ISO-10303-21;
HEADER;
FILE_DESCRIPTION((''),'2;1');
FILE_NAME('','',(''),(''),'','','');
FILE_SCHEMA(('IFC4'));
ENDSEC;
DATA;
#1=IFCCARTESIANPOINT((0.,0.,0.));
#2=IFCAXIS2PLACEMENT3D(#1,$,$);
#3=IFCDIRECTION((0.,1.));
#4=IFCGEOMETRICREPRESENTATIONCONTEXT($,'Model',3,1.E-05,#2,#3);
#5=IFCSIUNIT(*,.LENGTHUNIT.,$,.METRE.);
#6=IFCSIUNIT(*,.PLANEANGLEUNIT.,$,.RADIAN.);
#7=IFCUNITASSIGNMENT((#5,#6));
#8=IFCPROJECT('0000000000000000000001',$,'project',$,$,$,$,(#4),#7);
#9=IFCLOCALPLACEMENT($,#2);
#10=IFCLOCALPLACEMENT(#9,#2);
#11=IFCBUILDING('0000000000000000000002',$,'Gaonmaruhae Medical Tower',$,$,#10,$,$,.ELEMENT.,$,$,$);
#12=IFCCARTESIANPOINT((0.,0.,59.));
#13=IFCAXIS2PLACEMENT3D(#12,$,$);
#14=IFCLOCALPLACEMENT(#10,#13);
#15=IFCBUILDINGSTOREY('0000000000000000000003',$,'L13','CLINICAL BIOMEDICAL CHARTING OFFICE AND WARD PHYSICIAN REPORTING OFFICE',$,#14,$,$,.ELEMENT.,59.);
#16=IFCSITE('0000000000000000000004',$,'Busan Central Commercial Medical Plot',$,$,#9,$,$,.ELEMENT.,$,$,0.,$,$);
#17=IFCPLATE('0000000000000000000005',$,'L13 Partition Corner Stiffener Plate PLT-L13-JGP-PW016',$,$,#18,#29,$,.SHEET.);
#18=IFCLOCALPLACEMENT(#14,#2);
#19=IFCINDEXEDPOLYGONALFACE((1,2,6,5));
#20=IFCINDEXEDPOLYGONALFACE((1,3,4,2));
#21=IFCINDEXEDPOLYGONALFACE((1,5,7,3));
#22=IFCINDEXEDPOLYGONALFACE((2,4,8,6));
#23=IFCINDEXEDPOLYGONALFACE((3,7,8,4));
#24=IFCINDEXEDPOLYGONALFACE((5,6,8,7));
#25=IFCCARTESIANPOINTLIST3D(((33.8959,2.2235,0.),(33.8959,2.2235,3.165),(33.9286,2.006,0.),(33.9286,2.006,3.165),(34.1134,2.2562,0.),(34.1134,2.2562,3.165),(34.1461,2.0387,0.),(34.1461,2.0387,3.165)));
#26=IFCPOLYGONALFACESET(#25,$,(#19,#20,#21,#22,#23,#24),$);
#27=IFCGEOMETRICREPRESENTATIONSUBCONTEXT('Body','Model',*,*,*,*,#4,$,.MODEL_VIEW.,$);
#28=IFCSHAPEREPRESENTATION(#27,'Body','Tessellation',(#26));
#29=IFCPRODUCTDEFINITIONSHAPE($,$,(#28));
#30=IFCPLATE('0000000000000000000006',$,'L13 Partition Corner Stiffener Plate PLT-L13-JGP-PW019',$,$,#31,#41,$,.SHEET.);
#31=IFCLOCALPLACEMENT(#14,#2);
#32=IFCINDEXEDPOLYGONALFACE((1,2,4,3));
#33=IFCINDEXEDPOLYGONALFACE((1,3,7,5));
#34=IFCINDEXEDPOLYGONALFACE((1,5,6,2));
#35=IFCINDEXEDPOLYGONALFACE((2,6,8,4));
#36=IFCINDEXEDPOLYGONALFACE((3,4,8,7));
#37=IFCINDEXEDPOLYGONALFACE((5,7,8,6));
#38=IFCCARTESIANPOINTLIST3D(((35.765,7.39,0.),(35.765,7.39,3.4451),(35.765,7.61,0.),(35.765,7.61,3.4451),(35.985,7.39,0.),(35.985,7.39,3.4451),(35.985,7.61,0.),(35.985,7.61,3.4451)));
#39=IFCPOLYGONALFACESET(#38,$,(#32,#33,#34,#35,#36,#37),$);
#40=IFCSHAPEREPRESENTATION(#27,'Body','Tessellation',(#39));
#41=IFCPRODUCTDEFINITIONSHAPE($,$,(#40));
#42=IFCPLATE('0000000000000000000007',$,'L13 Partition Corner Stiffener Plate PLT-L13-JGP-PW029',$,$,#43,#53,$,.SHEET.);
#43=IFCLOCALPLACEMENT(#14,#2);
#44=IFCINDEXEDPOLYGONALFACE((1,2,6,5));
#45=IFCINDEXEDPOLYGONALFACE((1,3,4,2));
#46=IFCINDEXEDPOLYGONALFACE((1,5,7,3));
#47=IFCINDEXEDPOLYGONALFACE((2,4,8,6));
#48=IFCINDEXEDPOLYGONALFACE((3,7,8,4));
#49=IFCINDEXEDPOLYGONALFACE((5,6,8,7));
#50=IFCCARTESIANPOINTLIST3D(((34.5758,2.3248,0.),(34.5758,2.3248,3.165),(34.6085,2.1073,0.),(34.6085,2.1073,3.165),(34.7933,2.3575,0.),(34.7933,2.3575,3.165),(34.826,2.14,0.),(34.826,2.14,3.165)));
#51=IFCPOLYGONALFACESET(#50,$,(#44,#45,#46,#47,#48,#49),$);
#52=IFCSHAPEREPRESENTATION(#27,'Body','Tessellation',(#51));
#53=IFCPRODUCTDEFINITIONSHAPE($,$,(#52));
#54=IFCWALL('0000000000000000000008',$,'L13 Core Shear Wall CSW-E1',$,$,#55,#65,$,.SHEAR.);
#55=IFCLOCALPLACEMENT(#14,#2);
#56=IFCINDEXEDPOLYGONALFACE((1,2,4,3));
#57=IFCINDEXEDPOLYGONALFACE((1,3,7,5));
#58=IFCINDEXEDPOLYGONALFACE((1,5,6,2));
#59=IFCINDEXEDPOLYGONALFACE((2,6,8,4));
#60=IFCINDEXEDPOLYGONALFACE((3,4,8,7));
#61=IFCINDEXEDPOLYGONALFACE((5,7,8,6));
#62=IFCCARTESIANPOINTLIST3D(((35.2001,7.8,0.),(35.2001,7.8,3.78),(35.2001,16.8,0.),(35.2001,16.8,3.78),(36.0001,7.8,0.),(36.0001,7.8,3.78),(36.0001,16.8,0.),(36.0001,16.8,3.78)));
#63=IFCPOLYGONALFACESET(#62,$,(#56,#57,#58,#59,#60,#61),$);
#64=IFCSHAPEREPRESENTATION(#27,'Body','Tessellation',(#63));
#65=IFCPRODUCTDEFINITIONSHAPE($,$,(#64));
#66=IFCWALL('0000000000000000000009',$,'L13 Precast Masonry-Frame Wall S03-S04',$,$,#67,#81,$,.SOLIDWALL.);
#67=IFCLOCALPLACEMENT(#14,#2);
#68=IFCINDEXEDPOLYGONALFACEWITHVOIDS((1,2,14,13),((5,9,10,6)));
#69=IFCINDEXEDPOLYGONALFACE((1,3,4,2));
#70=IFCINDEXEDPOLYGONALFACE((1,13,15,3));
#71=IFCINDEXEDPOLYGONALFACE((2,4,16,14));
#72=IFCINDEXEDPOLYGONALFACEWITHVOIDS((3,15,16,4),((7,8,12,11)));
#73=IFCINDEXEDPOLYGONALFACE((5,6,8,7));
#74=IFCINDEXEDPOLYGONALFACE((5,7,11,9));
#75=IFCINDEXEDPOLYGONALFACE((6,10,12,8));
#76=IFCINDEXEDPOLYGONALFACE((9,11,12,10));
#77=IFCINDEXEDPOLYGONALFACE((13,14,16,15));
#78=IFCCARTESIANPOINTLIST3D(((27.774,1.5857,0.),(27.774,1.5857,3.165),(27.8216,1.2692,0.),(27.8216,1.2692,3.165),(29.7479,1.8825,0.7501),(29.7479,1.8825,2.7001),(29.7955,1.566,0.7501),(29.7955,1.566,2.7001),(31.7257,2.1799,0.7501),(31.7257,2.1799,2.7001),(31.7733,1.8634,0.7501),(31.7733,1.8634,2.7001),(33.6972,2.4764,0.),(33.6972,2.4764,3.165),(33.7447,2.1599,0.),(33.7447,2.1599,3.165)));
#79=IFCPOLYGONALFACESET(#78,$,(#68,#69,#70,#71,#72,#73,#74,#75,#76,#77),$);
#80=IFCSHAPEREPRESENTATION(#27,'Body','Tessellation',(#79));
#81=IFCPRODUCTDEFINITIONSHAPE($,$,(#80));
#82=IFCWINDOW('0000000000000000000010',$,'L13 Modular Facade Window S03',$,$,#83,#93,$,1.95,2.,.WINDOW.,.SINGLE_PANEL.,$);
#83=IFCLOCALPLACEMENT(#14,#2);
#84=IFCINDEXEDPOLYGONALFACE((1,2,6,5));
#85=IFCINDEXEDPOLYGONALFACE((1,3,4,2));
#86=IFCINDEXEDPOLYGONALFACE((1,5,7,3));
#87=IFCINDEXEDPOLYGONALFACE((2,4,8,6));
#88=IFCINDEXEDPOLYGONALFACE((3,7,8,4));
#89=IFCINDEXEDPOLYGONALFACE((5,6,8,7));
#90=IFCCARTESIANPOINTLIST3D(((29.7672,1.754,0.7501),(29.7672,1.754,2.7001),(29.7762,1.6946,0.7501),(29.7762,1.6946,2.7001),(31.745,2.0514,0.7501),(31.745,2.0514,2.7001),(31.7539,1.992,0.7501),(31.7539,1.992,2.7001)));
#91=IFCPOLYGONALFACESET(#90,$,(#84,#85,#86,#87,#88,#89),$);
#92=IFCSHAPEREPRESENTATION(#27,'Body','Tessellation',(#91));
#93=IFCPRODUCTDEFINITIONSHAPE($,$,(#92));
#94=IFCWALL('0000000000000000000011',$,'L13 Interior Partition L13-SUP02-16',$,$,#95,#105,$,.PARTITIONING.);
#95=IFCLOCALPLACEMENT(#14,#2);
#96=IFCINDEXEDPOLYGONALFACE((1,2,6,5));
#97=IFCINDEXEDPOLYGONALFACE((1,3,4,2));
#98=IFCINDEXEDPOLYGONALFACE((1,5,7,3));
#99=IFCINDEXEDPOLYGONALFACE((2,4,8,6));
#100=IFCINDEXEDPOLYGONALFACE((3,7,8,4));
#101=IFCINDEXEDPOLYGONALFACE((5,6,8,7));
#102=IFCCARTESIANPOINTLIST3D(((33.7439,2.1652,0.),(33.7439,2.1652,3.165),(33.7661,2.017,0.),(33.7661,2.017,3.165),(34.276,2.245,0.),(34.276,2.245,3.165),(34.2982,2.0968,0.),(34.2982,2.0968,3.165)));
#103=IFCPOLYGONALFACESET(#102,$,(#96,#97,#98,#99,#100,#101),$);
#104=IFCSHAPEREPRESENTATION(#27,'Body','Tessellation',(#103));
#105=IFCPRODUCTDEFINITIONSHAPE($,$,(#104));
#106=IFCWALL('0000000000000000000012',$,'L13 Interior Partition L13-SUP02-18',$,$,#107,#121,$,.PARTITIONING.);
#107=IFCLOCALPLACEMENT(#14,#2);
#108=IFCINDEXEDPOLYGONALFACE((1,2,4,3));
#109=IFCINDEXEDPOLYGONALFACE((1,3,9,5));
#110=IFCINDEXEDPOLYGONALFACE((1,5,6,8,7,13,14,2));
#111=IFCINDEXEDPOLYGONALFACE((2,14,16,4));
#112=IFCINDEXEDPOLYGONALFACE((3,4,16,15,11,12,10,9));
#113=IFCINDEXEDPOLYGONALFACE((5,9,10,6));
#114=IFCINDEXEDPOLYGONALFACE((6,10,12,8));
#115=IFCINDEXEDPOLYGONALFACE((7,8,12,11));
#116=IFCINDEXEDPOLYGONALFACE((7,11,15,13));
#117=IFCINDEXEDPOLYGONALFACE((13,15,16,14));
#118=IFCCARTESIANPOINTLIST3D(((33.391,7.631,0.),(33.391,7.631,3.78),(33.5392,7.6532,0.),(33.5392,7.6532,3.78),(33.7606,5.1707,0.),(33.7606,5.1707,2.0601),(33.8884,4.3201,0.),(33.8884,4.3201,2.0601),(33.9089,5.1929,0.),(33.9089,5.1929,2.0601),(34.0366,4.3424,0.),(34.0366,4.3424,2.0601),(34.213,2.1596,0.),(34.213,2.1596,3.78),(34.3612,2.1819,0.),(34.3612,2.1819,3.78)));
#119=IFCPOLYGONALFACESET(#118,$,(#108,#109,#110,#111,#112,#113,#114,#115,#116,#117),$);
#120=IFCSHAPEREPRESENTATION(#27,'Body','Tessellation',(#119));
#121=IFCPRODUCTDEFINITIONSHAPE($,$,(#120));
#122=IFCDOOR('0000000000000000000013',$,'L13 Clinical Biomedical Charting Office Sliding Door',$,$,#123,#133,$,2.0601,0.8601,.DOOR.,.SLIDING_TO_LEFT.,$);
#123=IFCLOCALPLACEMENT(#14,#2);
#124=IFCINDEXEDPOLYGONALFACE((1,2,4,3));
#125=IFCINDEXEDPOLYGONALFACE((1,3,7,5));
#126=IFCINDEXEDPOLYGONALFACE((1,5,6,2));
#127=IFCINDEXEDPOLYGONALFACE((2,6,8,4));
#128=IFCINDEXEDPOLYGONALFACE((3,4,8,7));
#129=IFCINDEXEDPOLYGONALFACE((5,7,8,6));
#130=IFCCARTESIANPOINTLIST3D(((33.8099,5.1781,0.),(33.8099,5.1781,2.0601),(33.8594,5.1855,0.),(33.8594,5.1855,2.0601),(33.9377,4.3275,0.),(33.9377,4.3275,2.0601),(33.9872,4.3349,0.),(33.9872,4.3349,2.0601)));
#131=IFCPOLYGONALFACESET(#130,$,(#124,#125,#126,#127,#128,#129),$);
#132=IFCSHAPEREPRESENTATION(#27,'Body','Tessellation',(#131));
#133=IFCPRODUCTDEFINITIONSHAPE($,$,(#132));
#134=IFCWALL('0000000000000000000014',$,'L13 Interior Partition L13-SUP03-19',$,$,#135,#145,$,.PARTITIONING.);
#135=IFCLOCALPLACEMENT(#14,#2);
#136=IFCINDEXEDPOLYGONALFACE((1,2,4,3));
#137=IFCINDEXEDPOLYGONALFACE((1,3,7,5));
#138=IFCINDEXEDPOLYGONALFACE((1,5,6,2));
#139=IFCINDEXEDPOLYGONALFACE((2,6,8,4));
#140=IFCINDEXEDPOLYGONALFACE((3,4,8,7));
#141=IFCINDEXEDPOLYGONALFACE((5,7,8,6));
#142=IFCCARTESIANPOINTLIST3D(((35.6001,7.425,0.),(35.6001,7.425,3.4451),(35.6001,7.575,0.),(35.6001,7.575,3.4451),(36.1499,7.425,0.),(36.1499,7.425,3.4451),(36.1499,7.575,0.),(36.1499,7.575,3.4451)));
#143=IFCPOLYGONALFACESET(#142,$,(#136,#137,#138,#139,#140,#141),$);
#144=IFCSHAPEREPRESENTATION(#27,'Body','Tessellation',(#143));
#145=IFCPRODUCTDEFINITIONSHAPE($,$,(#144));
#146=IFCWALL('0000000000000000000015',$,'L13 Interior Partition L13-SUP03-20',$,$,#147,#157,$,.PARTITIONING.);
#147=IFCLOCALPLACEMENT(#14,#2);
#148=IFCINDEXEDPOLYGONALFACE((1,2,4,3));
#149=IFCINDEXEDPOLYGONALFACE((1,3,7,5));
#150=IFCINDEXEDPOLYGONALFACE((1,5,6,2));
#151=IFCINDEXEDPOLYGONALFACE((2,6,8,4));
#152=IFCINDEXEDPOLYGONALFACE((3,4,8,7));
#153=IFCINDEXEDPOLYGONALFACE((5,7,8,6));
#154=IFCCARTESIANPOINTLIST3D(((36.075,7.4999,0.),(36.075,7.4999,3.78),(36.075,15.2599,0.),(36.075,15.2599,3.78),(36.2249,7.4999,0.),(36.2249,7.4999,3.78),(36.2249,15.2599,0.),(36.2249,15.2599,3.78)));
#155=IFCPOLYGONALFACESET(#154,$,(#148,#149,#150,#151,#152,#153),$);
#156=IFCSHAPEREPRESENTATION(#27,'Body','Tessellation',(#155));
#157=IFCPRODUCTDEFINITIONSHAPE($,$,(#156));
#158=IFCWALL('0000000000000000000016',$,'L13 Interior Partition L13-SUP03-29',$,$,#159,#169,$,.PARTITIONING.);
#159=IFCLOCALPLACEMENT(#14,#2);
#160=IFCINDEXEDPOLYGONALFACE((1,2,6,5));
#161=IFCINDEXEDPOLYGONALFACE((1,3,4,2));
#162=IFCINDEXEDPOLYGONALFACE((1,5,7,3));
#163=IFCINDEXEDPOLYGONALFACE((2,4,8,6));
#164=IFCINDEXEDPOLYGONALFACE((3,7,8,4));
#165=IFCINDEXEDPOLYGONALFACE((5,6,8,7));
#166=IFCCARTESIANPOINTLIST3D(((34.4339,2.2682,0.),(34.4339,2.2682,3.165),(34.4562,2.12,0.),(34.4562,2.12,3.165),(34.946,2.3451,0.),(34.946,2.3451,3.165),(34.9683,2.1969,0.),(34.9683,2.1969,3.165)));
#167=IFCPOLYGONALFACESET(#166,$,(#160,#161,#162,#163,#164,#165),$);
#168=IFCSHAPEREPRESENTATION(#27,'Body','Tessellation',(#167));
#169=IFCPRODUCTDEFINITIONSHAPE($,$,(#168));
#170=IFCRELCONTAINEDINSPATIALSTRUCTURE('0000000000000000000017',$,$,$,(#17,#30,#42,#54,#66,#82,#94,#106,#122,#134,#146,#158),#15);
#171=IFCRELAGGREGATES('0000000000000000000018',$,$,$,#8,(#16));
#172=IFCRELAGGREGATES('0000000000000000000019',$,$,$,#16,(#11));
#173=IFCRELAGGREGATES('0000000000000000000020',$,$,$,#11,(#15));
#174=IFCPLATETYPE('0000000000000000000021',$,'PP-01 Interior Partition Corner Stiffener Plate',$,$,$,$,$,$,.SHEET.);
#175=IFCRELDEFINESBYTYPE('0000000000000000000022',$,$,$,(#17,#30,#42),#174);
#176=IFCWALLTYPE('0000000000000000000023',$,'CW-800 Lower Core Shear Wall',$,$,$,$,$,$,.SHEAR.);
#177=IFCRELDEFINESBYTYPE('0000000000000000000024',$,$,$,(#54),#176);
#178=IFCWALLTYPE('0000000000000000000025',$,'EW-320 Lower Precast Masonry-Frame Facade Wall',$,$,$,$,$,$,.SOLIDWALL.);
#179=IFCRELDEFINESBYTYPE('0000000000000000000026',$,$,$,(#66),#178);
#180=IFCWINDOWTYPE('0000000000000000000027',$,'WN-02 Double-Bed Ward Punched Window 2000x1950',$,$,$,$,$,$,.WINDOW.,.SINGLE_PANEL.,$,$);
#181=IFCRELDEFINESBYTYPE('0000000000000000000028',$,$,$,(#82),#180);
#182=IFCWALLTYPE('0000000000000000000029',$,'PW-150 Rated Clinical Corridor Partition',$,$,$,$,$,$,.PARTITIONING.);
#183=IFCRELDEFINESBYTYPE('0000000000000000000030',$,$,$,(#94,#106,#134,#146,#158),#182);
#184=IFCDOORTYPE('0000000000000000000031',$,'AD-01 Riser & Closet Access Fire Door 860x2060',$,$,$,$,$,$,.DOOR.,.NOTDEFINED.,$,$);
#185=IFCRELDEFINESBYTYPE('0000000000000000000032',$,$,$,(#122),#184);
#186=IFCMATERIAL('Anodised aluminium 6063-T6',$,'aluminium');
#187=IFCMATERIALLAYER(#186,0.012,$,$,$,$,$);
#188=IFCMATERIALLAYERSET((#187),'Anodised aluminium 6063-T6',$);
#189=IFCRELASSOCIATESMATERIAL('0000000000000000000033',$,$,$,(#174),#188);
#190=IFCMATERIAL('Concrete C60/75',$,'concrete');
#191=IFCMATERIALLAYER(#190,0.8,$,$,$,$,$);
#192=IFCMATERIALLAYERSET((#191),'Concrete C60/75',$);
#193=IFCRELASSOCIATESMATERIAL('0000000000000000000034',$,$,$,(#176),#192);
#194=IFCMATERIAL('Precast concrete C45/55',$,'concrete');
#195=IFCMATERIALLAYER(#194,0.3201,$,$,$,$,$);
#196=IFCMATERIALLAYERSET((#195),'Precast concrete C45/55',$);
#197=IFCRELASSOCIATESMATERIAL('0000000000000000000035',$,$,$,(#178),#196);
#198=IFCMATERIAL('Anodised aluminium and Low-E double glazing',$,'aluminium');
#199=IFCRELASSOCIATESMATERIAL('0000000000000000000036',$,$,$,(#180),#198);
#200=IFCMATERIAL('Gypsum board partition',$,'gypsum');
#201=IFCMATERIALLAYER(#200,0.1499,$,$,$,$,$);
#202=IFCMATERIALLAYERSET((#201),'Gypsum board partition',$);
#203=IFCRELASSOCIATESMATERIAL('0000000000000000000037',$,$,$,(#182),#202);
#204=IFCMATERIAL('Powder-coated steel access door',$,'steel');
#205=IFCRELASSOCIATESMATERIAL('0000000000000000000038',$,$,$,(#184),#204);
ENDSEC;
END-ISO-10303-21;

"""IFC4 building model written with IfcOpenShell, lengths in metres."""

from ifc_helpers import new_model, si_unit, direction, frame, frame_2d, origin, origin_2d, place, context, subcontext, project, spatial, rectangle, extrude, material, layer, layer_set, type_object, element, fill, save


model = new_model("IFC4")

# Units and contexts
model_context = context("Model", 3, precision=1e-05, world=origin(), true_north=direction((0.0, 1.0)))
body_context = subcontext(model_context, "Body", "Model", "MODEL_VIEW")
ifc_project = project(units=[si_unit("LENGTHUNIT", "METRE"), si_unit("PLANEANGLEUNIT", "RADIAN")], contexts=[model_context])

# Site, building, storey
site_placement = place(None, origin())
site = spatial("IfcSite", under=ifc_project, at=site_placement, Name="Busan Central Commercial Medical Plot", CompositionType="ELEMENT", RefElevation=0.0)
building_placement = place(site_placement, origin())
building = spatial("IfcBuilding", under=site, at=building_placement, Name="Gaonmaruhae Medical Tower", CompositionType="ELEMENT")
storey_placement = place(building_placement, frame((0.0, 0.0, 59.0)))
storey = spatial("IfcBuildingStorey", under=building, at=storey_placement, Name="L13", Description="CLINICAL BIOMEDICAL CHARTING OFFICE AND WARD PHYSICIAN REPORTING OFFICE", CompositionType="ELEMENT", Elevation=59.0)

# Shared definitions
ifc_material_1 = material(Name="Concrete C60/75", Category="concrete")

# Plates
ifc_material_2 = material(Name="Anodised aluminium 6063-T6", Category="aluminium")
ifc_layer_1 = layer(ifc_material_2, 0.012)
ifc_layer_set_1 = layer_set([ifc_layer_1], Name="Anodised aluminium 6063-T6")
plate_type = type_object("IfcPlateType", Name="PP-01 Interior Partition Corner Stiffener Plate", PredefinedType="SHEET", material=ifc_layer_set_1)
plate_1_placement = place(storey_placement, frame((34.021, 2.1311, 0.0), z_axis=(0.0, 0.0, 1.0), x_axis=(-0.988881, -0.148707, 0.0)))
element("IfcPlate", 1, at=plate_1_placement, inside=storey, type_object=plate_type, Name="L13 Partition Corner Stiffener Plate PLT-L13-JGP-PW016", PredefinedType="SHEET", context=body_context, shape_type="SweptSolid", body=[
    extrude(rectangle(XDim=0.22, YDim=0.22, at=origin_2d()), origin(), (0.0, 0.0, 1.0), 3.165),
])
plate_2_placement = place(storey_placement, frame((35.875, 7.5, 0.0), z_axis=(0.0, 0.0, 1.0), x_axis=(1.0, 0.0, 0.0)))
element("IfcPlate", 2, at=plate_2_placement, inside=storey, type_object=plate_type, Name="L13 Partition Corner Stiffener Plate PLT-L13-JGP-PW019", PredefinedType="SHEET", context=body_context, shape_type="SweptSolid", body=[
    extrude(rectangle(XDim=0.22, YDim=0.22, at=origin_2d()), origin(), (0.0, 0.0, 1.0), 3.4451),
])
plate_3_placement = place(storey_placement, frame((34.7009, 2.2324, 0.0), z_axis=(0.0, 0.0, 1.0), x_axis=(-0.988879, -0.148724, 0.0)))
element("IfcPlate", 3, at=plate_3_placement, inside=storey, type_object=plate_type, Name="L13 Partition Corner Stiffener Plate PLT-L13-JGP-PW029", PredefinedType="SHEET", context=body_context, shape_type="SweptSolid", body=[
    extrude(rectangle(XDim=0.22, YDim=0.22, at=origin_2d()), origin(), (0.0, 0.0, 1.0), 3.165),
])

# Wall
ifc_layer_2 = layer(ifc_material_1, 0.8)
ifc_layer_set_2 = layer_set([ifc_layer_2], Name="Concrete C60/75")
wall_type_1 = type_object("IfcWallType", Name="CW-800 Lower Core Shear Wall", PredefinedType="SHEAR", material=ifc_layer_set_2)
wall_1_placement = place(storey_placement, frame((35.6001, 7.8, 0.0), z_axis=(0.0, 0.0, 1.0), x_axis=(0.0, 1.0, 0.0)))
element("IfcWall", 4, at=wall_1_placement, inside=storey, type_object=wall_type_1, Name="L13 Core Shear Wall CSW-E1", PredefinedType="SHEAR", context=body_context, shape_type="SweptSolid", body=[
    extrude(rectangle(XDim=9.0, YDim=0.8, at=frame_2d((4.5, 0.0))), origin(), (0.0, 0.0, 1.0), 3.78),
])

# Wall, opening, window
ifc_material_3 = material(Name="Precast concrete C45/55", Category="concrete")
ifc_layer_3 = layer(ifc_material_3, 0.3201)
ifc_layer_set_3 = layer_set([ifc_layer_3], Name="Precast concrete C45/55")
wall_type_2 = type_object("IfcWallType", Name="EW-320 Lower Precast Masonry-Frame Facade Wall", PredefinedType="SOLIDWALL", material=ifc_layer_set_3)
wall_2_placement = place(storey_placement, frame((33.7209, 2.3181, 0.0), z_axis=(0.0, 0.0, 1.0), x_axis=(-0.988883, -0.148693, 0.0)))
wall_2 = element("IfcWall", 5, at=wall_2_placement, inside=storey, type_object=wall_type_2, Name="L13 Precast Masonry-Frame Wall S03-S04", PredefinedType="SOLIDWALL", context=body_context, shape_type="SweptSolid", body=[
    extrude(rectangle(XDim=5.9897, YDim=0.3201, at=frame_2d((2.9949, 0.0))), origin(), (0.0, 0.0, 1.0), 3.165),
])
opening_1_placement = place(wall_2_placement, frame((1.9937, 0.0, 0.75)))
opening_1 = element("IfcOpeningElement", 6, at=opening_1_placement, cuts=wall_2, PredefinedType="OPENING", context=body_context, shape_type="SweptSolid", body=[
    extrude(rectangle(XDim=2.0, YDim=1.95, at=frame_2d((1.0, 0.9751))), frame((0.0, 0.1699, 0.0), z_axis=(0.0, -1.0, 0.0), x_axis=(1.0, 0.0, 0.0)), (0.0, 0.0, 1.0), 0.3401),
])
ifc_material_4 = material(Name="Anodised aluminium and Low-E double glazing", Category="aluminium")
window_type = type_object("IfcWindowType", Name="WN-02 Double-Bed Ward Punched Window 2000x1950", PartitioningType="SINGLE_PANEL", PredefinedType="WINDOW", material=ifc_material_4)
window_placement = place(opening_1_placement, origin())
window = element("IfcWindow", 7, at=window_placement, inside=storey, type_object=window_type, Name="L13 Modular Facade Window S03", OverallHeight=1.95, OverallWidth=2.0, PartitioningType="SINGLE_PANEL", PredefinedType="WINDOW", context=body_context, shape_type="SweptSolid", body=[
    extrude(rectangle(XDim=2.0, YDim=1.95, at=frame_2d((1.0, 0.9751))), frame((0.0, 0.03, 0.0), z_axis=(0.0, -1.0, 0.0), x_axis=(1.0, 0.0, 0.0)), (0.0, 0.0, 1.0), 0.0601),
])
fill(opening_1, window)

# Wall
ifc_material_5 = material(Name="Gypsum board partition", Category="gypsum")
ifc_layer_4 = layer(ifc_material_5, 0.1499)
ifc_layer_set_4 = layer_set([ifc_layer_4], Name="Gypsum board partition")
wall_type_3 = type_object("IfcWallType", Name="PW-150 Rated Clinical Corridor Partition", PredefinedType="PARTITIONING", material=ifc_layer_set_4)
wall_3_placement = place(storey_placement, frame((34.2871, 2.1709, 0.0), z_axis=(0.0, 0.0, 1.0), x_axis=(-0.988936, -0.14834, 0.0)))
element("IfcWall", 8, at=wall_3_placement, inside=storey, type_object=wall_type_3, Name="L13 Interior Partition L13-SUP02-16", PredefinedType="PARTITIONING", context=body_context, shape_type="SweptSolid", body=[
    extrude(rectangle(XDim=0.5381, YDim=0.1499, at=frame_2d((0.269, 0.0))), origin(), (0.0, 0.0, 1.0), 3.165),
])

# Wall, opening, door
wall_4_placement = place(storey_placement, frame((33.4651, 7.6421, 0.0), z_axis=(0.0, 0.0, 1.0), x_axis=(0.148578, -0.988901, 0.0)))
wall_4 = element("IfcWall", 9, at=wall_4_placement, inside=storey, type_object=wall_type_3, Name="L13 Interior Partition L13-SUP02-18", PredefinedType="PARTITIONING", context=body_context, shape_type="SweptSolid", body=[
    extrude(rectangle(XDim=5.5327, YDim=0.1499, at=frame_2d((2.7664, 0.0))), origin(), (0.0, 0.0, 1.0), 3.78),
])
opening_2_placement = place(wall_4_placement, frame((2.4878, 0.0, 0.0)))
opening_2 = element("IfcOpeningElement", 10, at=opening_2_placement, cuts=wall_4, PredefinedType="OPENING", context=body_context, shape_type="SweptSolid", body=[
    extrude(rectangle(XDim=0.8601, YDim=2.0601, at=frame_2d((0.4302, 1.03))), frame((0.0, 0.085, 0.0), z_axis=(0.0, -1.0, 0.0), x_axis=(1.0, 0.0, 0.0)), (0.0, 0.0, 1.0), 0.1699),
])
ifc_material_6 = material(Name="Powder-coated steel access door", Category="steel")
door_type = type_object("IfcDoorType", Name="AD-01 Riser & Closet Access Fire Door 860x2060", OperationType="NOTDEFINED", PredefinedType="DOOR", material=ifc_material_6)
door_placement = place(opening_2_placement, origin())
door = element("IfcDoor", 11, at=door_placement, inside=storey, type_object=door_type, Name="L13 Clinical Biomedical Charting Office Sliding Door", OperationType="SLIDING_TO_LEFT", OverallHeight=2.0601, OverallWidth=0.8601, PredefinedType="DOOR", context=body_context, shape_type="SweptSolid", body=[
    extrude(rectangle(XDim=0.8601, YDim=2.0601, at=frame_2d((0.4302, 1.03))), frame((0.0, 0.0249, 0.0), z_axis=(0.0, -1.0, 0.0), x_axis=(1.0, 0.0, 0.0)), (0.0, 0.0, 1.0), 0.05),
])
fill(opening_2, door)

# Walls
wall_5_placement = place(storey_placement, frame((35.6001, 7.5, 0.0), z_axis=(0.0, 0.0, 1.0), x_axis=(1.0, 0.0, 0.0)))
element("IfcWall", 12, at=wall_5_placement, inside=storey, type_object=wall_type_3, Name="L13 Interior Partition L13-SUP03-19", PredefinedType="PARTITIONING", context=body_context, shape_type="SweptSolid", body=[
    extrude(rectangle(XDim=0.5498, YDim=0.1499, at=frame_2d((0.2749, 0.0))), origin(), (0.0, 0.0, 1.0), 3.4451),
])
wall_6_placement = place(storey_placement, frame((36.1499, 7.5, 0.0), z_axis=(0.0, 0.0, 1.0), x_axis=(0.0, 1.0, 0.0)))
element("IfcWall", 13, at=wall_6_placement, inside=storey, type_object=wall_type_3, Name="L13 Interior Partition L13-SUP03-20", PredefinedType="PARTITIONING", context=body_context, shape_type="SweptSolid", body=[
    extrude(rectangle(XDim=7.76, YDim=0.1499, at=frame_2d((3.8799, 0.0))), origin(), (0.0, 0.0, 1.0), 3.78),
])
wall_7_placement = place(storey_placement, frame((34.957, 2.271, 0.0), z_axis=(0.0, 0.0, 1.0), x_axis=(-0.988905, -0.148548, 0.0)))
element("IfcWall", 14, at=wall_7_placement, inside=storey, type_object=wall_type_3, Name="L13 Interior Partition L13-SUP03-29", PredefinedType="PARTITIONING", context=body_context, shape_type="SweptSolid", body=[
    extrude(rectangle(XDim=0.5178, YDim=0.1499, at=frame_2d((0.2588, 0.0))), origin(), (0.0, 0.0, 1.0), 3.165),
])

save(model, "model.ifc")
